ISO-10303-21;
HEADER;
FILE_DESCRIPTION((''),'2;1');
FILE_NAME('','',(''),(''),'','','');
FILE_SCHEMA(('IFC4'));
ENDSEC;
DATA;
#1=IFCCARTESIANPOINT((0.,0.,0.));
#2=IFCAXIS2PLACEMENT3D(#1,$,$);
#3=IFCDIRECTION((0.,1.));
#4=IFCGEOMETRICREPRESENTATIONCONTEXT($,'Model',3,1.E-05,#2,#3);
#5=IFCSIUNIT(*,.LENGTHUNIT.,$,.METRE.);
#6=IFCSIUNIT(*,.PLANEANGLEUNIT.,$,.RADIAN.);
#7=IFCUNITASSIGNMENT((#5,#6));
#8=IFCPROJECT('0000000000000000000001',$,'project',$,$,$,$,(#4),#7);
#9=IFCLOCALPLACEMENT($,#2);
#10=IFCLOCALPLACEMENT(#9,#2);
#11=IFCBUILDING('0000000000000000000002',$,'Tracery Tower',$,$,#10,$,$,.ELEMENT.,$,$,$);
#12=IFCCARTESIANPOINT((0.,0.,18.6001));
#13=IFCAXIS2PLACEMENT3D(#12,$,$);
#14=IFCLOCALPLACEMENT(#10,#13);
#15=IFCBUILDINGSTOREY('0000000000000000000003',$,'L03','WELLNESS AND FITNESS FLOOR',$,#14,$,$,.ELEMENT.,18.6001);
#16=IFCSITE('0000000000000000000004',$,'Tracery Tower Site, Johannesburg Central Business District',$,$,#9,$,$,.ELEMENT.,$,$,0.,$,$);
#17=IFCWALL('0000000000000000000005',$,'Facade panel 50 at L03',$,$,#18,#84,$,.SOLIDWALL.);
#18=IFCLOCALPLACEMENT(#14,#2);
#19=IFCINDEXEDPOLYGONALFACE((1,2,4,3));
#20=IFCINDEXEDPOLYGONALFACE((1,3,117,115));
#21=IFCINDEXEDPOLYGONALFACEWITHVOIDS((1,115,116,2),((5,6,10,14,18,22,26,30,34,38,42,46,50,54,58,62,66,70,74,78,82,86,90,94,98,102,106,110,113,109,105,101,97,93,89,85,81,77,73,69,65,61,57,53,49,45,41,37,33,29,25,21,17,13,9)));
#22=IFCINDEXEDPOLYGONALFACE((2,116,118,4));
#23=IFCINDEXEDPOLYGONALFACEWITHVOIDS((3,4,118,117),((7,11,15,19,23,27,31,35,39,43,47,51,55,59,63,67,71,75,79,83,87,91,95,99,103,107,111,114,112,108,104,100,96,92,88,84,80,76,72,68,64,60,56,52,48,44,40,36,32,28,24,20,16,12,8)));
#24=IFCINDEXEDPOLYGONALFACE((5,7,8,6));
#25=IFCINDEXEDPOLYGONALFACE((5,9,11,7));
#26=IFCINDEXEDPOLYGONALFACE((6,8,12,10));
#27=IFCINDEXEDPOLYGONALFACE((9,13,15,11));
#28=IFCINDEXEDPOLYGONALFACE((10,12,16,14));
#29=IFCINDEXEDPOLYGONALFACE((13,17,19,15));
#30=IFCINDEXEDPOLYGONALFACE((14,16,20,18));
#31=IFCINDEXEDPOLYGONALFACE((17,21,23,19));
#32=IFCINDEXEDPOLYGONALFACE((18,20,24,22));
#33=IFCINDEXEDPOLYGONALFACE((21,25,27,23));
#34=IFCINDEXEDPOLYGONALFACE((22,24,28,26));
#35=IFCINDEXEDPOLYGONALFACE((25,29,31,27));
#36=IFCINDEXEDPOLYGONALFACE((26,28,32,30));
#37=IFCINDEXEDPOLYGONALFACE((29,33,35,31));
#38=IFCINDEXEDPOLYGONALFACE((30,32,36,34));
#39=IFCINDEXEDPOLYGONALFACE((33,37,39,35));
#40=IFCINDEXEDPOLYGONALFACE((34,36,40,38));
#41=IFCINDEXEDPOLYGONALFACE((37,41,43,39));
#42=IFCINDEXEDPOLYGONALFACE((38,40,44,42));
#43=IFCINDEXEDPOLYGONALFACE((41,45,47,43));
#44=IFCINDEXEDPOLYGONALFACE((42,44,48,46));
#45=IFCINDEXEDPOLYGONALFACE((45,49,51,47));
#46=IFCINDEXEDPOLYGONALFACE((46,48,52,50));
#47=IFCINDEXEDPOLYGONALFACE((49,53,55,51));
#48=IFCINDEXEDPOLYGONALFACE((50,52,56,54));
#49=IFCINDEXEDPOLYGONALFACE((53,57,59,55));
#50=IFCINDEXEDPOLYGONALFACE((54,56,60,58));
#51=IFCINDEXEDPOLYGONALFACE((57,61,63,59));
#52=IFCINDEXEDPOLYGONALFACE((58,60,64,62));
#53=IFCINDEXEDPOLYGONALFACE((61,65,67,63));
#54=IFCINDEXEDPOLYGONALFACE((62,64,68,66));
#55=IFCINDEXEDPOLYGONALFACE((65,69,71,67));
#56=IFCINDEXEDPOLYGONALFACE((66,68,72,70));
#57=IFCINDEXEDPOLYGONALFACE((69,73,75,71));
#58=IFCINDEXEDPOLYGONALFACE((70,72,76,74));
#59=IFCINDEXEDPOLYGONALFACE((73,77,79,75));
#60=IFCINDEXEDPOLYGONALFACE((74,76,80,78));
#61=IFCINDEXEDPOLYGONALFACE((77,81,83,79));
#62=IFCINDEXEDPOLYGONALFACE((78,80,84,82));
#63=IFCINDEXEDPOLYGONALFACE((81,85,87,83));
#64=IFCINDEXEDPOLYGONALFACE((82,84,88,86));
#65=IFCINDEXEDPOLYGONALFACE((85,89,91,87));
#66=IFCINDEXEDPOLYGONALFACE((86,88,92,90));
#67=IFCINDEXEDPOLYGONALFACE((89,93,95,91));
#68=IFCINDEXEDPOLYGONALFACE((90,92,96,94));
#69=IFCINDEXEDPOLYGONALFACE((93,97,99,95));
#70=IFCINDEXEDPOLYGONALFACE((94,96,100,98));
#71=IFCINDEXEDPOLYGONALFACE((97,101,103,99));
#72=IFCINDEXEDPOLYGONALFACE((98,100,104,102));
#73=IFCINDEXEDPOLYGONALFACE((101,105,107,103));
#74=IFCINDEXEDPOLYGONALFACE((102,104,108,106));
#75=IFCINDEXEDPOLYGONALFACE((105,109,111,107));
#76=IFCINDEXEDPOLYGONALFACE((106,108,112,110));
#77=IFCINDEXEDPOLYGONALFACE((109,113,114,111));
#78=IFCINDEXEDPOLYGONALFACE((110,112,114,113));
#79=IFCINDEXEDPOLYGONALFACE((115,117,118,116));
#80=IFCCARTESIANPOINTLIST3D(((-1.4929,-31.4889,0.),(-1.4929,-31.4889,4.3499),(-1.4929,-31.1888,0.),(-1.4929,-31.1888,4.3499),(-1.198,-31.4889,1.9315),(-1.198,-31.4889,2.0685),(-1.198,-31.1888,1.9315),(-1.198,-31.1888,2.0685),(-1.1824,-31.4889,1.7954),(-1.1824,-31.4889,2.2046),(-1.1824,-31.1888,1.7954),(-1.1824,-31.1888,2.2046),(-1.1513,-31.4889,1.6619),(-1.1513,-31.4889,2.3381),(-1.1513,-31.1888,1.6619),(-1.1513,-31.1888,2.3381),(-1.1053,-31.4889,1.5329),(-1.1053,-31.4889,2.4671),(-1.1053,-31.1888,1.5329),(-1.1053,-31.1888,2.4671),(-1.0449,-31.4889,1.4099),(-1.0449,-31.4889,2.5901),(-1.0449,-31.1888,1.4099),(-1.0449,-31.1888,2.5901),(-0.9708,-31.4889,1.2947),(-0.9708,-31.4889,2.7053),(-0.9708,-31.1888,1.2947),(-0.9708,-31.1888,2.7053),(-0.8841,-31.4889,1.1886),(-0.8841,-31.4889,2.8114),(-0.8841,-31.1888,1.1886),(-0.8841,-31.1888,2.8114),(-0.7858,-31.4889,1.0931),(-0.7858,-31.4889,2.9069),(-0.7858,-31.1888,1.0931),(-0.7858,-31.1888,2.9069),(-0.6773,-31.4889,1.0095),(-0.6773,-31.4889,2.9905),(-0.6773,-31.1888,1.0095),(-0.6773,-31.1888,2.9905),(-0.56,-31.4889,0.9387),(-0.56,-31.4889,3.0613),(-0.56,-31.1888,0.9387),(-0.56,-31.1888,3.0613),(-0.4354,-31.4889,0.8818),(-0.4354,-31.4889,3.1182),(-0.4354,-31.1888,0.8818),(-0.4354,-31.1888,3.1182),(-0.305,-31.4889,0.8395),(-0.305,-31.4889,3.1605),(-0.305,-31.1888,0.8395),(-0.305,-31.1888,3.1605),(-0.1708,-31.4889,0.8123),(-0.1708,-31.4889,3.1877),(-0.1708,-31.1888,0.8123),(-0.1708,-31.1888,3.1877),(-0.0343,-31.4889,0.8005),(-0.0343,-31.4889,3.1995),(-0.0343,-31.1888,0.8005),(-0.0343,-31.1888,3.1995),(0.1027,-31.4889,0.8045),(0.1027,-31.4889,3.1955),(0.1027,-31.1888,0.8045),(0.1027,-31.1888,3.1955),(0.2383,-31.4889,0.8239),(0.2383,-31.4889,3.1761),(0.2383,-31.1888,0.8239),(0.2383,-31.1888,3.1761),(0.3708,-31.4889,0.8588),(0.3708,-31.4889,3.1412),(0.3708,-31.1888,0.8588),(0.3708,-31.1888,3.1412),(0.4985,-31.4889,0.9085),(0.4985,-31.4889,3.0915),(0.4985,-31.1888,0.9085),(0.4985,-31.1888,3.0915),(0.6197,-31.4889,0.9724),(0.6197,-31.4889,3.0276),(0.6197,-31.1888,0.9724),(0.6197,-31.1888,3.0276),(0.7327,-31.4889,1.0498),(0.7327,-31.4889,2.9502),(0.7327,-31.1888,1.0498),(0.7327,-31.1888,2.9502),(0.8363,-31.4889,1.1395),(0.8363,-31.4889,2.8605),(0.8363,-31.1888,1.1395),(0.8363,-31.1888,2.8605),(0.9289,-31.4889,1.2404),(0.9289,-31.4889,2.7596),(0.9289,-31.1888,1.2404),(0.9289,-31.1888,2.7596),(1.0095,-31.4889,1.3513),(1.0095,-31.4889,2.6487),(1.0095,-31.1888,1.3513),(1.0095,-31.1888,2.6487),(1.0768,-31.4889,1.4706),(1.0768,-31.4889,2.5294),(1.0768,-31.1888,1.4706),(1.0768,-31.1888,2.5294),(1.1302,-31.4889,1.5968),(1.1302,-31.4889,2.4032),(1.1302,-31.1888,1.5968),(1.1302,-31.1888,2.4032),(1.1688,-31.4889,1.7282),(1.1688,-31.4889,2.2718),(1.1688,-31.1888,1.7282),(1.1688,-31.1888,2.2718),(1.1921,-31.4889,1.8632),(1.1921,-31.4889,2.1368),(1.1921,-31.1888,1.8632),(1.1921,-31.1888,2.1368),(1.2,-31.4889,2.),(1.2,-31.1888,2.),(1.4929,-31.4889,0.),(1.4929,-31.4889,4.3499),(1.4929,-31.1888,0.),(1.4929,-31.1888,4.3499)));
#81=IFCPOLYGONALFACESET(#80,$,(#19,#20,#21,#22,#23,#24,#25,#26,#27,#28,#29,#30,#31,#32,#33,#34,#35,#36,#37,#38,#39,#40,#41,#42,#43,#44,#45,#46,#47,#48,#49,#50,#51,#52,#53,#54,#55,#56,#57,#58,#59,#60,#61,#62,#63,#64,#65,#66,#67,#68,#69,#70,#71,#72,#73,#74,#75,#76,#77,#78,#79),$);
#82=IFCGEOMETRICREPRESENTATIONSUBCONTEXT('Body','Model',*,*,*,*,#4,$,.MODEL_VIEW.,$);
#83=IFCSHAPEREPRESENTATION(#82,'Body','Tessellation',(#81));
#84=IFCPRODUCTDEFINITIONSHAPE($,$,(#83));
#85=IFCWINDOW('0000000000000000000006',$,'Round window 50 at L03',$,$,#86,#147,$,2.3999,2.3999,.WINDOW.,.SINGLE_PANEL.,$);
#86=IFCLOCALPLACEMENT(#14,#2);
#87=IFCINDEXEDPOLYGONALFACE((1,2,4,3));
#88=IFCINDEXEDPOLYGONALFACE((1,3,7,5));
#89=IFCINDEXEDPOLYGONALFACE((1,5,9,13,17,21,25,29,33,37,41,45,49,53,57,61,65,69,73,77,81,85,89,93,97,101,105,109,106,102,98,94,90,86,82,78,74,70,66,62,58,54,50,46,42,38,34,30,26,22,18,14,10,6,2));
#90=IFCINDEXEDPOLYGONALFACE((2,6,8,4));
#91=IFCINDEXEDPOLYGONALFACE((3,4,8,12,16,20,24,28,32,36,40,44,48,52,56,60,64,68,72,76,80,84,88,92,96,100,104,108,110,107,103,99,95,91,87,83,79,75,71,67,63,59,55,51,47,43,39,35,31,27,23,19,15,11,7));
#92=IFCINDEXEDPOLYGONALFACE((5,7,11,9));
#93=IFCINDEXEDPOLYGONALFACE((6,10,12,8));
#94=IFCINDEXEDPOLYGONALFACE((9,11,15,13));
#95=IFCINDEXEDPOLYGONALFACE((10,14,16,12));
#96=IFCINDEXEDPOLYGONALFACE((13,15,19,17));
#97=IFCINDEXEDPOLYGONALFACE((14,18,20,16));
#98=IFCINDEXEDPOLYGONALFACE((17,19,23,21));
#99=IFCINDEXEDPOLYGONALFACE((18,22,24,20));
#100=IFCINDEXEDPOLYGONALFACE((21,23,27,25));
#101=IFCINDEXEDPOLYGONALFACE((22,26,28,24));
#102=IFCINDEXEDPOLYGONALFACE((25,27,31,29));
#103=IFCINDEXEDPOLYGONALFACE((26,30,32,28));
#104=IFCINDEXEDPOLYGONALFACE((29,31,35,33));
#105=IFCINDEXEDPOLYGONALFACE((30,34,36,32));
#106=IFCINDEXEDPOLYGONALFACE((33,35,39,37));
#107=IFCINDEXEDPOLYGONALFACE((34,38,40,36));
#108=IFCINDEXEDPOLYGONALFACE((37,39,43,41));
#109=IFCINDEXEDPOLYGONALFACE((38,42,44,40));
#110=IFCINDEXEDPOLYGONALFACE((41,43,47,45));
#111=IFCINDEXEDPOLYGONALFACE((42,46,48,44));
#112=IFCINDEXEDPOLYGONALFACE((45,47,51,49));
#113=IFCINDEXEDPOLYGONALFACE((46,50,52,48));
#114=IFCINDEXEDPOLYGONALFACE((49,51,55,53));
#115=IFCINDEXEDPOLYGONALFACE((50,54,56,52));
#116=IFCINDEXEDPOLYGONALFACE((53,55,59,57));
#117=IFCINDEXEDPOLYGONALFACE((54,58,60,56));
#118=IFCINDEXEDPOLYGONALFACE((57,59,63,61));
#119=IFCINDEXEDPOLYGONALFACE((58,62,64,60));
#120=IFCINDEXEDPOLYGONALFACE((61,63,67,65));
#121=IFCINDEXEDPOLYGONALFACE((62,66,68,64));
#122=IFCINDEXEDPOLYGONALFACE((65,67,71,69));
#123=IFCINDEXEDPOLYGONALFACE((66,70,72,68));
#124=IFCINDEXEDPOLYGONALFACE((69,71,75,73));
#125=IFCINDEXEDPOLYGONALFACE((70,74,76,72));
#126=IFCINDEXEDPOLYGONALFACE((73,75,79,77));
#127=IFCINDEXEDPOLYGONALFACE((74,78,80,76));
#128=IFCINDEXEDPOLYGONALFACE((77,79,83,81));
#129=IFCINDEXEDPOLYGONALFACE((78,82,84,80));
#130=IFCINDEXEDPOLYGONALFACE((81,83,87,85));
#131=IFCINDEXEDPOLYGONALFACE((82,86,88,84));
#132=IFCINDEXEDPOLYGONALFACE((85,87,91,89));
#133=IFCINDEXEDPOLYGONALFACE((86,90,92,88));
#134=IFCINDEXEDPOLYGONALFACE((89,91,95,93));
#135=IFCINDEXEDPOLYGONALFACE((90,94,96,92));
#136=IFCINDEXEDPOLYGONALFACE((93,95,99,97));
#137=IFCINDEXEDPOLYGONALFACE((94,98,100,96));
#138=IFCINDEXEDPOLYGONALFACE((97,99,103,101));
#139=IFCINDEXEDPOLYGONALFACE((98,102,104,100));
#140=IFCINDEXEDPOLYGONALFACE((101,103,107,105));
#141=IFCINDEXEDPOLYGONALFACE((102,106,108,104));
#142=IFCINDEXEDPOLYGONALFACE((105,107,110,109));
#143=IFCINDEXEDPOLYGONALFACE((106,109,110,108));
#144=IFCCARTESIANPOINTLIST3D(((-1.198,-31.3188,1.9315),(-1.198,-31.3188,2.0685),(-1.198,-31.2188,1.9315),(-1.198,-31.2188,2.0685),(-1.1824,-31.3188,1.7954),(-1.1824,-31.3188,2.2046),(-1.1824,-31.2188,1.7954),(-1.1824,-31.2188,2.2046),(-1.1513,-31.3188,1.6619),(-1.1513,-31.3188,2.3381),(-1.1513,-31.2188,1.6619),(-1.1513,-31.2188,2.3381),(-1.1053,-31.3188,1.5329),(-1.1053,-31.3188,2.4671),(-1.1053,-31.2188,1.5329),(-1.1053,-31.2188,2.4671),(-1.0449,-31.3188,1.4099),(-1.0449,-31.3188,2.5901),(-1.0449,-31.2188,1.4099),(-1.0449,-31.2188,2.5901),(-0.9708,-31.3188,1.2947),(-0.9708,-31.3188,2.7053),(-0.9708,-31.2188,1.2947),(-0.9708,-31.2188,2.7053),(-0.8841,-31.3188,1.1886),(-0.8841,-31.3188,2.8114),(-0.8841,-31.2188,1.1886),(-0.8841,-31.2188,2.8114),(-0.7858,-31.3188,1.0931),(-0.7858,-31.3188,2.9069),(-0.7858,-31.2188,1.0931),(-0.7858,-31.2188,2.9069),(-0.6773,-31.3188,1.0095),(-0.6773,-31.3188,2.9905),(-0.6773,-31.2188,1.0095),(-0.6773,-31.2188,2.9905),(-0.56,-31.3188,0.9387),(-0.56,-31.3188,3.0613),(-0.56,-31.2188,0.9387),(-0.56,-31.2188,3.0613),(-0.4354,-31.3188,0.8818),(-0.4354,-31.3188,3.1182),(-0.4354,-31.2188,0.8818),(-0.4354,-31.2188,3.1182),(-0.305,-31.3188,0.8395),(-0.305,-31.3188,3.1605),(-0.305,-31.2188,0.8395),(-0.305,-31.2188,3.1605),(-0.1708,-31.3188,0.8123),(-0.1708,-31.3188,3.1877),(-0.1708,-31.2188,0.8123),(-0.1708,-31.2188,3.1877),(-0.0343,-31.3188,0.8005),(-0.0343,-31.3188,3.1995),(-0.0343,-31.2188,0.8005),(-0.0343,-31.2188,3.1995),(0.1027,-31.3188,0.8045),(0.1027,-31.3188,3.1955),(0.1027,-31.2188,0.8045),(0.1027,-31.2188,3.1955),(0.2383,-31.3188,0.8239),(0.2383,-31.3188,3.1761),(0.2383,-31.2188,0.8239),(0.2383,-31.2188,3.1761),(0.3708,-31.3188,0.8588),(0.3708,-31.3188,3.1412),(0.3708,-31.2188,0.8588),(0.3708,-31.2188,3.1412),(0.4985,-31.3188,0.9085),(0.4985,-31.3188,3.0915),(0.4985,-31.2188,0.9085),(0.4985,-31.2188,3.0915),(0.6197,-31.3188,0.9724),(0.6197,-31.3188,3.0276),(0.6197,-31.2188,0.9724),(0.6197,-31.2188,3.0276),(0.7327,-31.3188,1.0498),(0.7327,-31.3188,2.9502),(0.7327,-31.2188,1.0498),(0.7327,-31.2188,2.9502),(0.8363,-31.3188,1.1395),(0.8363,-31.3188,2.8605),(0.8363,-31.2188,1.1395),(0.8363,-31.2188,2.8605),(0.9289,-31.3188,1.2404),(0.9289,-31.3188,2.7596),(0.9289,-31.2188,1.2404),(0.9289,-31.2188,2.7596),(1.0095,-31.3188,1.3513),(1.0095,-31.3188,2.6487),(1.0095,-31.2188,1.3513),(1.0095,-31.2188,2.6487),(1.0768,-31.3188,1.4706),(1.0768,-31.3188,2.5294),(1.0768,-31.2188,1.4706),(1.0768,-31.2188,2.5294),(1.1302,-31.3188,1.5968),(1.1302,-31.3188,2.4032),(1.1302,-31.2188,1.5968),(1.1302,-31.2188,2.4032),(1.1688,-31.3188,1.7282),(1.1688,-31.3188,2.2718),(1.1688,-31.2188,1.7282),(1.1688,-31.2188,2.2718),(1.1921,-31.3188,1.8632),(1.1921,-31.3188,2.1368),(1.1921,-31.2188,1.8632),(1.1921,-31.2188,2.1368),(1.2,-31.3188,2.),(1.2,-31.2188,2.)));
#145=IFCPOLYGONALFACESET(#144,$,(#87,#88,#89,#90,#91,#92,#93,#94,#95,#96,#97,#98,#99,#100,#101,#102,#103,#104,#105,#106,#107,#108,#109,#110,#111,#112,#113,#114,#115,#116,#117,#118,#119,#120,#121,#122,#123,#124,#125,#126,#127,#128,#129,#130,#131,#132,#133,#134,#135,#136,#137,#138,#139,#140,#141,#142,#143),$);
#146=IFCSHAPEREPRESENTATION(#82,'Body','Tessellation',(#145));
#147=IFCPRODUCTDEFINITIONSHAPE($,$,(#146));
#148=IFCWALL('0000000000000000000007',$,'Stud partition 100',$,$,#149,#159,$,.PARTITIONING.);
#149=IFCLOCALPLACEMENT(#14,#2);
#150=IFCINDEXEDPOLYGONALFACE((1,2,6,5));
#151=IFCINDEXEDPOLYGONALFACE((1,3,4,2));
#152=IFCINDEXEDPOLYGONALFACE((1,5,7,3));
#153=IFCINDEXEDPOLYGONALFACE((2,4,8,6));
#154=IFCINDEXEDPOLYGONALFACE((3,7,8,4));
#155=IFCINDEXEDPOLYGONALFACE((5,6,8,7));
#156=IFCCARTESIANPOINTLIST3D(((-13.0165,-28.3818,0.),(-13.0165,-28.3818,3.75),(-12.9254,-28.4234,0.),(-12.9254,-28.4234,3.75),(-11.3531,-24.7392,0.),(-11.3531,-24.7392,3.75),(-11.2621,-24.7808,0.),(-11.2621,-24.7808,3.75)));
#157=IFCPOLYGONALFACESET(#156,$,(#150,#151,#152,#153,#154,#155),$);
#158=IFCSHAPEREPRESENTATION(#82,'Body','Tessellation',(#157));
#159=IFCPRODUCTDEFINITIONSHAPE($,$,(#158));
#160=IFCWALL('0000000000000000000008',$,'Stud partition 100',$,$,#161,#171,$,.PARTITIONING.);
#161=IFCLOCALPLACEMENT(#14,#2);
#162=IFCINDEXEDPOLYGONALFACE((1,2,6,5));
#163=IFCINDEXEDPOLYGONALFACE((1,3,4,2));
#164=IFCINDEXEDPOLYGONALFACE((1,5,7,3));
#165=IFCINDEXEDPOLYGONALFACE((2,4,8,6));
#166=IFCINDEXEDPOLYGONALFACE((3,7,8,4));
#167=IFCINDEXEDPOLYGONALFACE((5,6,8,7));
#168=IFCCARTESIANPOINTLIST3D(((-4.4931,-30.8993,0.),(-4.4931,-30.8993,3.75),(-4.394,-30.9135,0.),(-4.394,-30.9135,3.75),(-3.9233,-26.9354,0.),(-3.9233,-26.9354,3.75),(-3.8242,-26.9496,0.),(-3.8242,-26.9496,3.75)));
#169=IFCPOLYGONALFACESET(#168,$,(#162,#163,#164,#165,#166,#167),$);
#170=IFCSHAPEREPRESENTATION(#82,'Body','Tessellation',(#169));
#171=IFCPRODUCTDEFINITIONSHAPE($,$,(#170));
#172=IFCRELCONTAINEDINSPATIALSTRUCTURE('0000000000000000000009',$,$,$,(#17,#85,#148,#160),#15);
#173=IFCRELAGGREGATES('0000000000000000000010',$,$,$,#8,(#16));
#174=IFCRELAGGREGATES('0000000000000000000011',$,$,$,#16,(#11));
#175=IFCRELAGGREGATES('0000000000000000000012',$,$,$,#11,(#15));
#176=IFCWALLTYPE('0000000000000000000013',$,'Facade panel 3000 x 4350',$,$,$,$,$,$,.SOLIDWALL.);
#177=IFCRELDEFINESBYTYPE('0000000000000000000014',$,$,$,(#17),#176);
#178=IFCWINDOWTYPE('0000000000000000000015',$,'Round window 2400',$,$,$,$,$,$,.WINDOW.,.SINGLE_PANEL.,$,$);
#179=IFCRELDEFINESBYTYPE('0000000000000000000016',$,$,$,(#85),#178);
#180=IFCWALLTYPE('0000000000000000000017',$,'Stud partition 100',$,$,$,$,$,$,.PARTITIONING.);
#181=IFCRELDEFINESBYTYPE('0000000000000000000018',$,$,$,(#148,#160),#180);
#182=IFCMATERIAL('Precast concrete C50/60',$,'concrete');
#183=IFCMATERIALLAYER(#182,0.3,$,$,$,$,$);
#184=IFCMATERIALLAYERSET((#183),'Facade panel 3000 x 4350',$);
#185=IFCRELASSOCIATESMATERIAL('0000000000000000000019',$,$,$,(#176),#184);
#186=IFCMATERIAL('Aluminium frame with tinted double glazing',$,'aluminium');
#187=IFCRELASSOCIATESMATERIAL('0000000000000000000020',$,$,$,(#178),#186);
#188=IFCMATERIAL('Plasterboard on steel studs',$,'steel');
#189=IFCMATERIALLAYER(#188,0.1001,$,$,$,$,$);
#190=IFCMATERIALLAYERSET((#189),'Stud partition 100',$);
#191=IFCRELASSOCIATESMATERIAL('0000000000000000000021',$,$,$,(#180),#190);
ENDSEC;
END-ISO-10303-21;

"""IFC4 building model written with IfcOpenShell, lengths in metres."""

from ifc_helpers import new_model, si_unit, direction, frame, frame_2d, origin, origin_2d, place, context, subcontext, project, spatial, rectangle, circle, extrude, material, layer, layer_set, type_object, element, fill, save


model = new_model("IFC4")

# Units and contexts
model_context = context("Model", 3, precision=1e-05, world=origin(), true_north=direction((0.0, 1.0)))
body_context = subcontext(model_context, "Body", "Model", "MODEL_VIEW")
ifc_project = project(units=[si_unit("LENGTHUNIT", "METRE"), si_unit("PLANEANGLEUNIT", "RADIAN")], contexts=[model_context])

# Site, building, storey
site_placement = place(None, origin())
site = spatial("IfcSite", under=ifc_project, at=site_placement, Name="Tracery Tower Site, Johannesburg Central Business District", CompositionType="ELEMENT", RefElevation=0.0)
building_placement = place(site_placement, origin())
building = spatial("IfcBuilding", under=site, at=building_placement, Name="Tracery Tower", CompositionType="ELEMENT")
storey_placement = place(building_placement, frame((0.0, 0.0, 18.6001)))
storey = spatial("IfcBuildingStorey", under=building, at=storey_placement, Name="L03", Description="WELLNESS AND FITNESS FLOOR", CompositionType="ELEMENT", Elevation=18.6001)

# Wall, opening, window
ifc_material_1 = material(Name="Precast concrete C50/60", Category="concrete")
ifc_layer_1 = layer(ifc_material_1, 0.3)
ifc_layer_set_1 = layer_set([ifc_layer_1], Name="Facade panel 3000 x 4350")
wall_type_1 = type_object("IfcWallType", Name="Facade panel 3000 x 4350", PredefinedType="SOLIDWALL", material=ifc_layer_set_1)
ifc_material_2 = material(Name="Aluminium frame with tinted double glazing", Category="aluminium")
window_type = type_object("IfcWindowType", Name="Round window 2400", PartitioningType="SINGLE_PANEL", PredefinedType="WINDOW", material=ifc_material_2)
wall_1_placement = place(storey_placement, frame((-1.4929, -31.3389, 0.0), z_axis=(0.0, 0.0, 1.0), x_axis=(1.0, 0.0, 0.0)))
wall_1 = element("IfcWall", 1, at=wall_1_placement, inside=storey, type_object=wall_type_1, Name="Facade panel 50 at L03", PredefinedType="SOLIDWALL", context=body_context, shape_type="SweptSolid", body=[
    extrude(rectangle(XDim=2.9858, YDim=0.3, at=frame_2d((1.4929, 0.0))), origin(), (0.0, 0.0, 1.0), 4.3499),
])
opening_1_placement = place(wall_1_placement, frame((1.4929, 0.0, 2.0)))
opening_1 = element("IfcOpeningElement", 2, at=opening_1_placement, cuts=wall_1, PredefinedType="OPENING", context=body_context, shape_type="SweptSolid", body=[
    extrude(circle(Radius=1.2, at=origin_2d()), frame((0.0, 0.1599, 0.0), z_axis=(0.0, -1.0, 0.0), x_axis=(1.0, 0.0, 0.0)), (0.0, 0.0, 1.0), 0.3201),
])
window_1_placement = place(opening_1_placement, origin())
window_1 = element("IfcWindow", 3, at=window_1_placement, inside=storey, type_object=window_type, Name="Round window 50 at L03", OverallHeight=2.3999, OverallWidth=2.3999, PartitioningType="SINGLE_PANEL", PredefinedType="WINDOW", context=body_context, shape_type="SweptSolid", body=[
    extrude(circle(Radius=1.2, at=origin_2d()), frame((0.0, 0.1201, 0.0), z_axis=(0.0, -1.0, 0.0), x_axis=(1.0, 0.0, 0.0)), (0.0, 0.0, 1.0), 0.1001),
])
fill(opening_1, window_1)

# Walls
ifc_material_3 = material(Name="Plasterboard on steel studs", Category="steel")
ifc_layer_2 = layer(ifc_material_3, 0.1001)
ifc_layer_set_2 = layer_set([ifc_layer_2], Name="Stud partition 100")
wall_type_2 = type_object("IfcWallType", Name="Stud partition 100", PredefinedType="PARTITIONING", material=ifc_layer_set_2)
wall_2_placement = place(storey_placement, frame((-12.9709, -28.4026, 0.0), z_axis=(0.0, 0.0, 1.0), x_axis=(0.415378, 0.909649, 0.0)))
element("IfcWall", 4, at=wall_2_placement, inside=storey, type_object=wall_type_2, Name="Stud partition 100", PredefinedType="PARTITIONING", context=body_context, shape_type="SweptSolid", body=[
    extrude(rectangle(XDim=4.0044, YDim=0.1001, at=frame_2d((2.0022, 0.0))), origin(), (0.0, 0.0, 1.0), 3.75),
])
wall_3_placement = place(storey_placement, frame((-4.4436, -30.9065, 0.0), z_axis=(0.0, 0.0, 1.0), x_axis=(0.142292, 0.989825, 0.0)))
element("IfcWall", 5, at=wall_3_placement, inside=storey, type_object=wall_type_2, Name="Stud partition 100", PredefinedType="PARTITIONING", context=body_context, shape_type="SweptSolid", body=[
    extrude(rectangle(XDim=4.0046, YDim=0.1001, at=frame_2d((2.0024, 0.0))), origin(), (0.0, 0.0, 1.0), 3.75),
])

save(model, "model.ifc")
